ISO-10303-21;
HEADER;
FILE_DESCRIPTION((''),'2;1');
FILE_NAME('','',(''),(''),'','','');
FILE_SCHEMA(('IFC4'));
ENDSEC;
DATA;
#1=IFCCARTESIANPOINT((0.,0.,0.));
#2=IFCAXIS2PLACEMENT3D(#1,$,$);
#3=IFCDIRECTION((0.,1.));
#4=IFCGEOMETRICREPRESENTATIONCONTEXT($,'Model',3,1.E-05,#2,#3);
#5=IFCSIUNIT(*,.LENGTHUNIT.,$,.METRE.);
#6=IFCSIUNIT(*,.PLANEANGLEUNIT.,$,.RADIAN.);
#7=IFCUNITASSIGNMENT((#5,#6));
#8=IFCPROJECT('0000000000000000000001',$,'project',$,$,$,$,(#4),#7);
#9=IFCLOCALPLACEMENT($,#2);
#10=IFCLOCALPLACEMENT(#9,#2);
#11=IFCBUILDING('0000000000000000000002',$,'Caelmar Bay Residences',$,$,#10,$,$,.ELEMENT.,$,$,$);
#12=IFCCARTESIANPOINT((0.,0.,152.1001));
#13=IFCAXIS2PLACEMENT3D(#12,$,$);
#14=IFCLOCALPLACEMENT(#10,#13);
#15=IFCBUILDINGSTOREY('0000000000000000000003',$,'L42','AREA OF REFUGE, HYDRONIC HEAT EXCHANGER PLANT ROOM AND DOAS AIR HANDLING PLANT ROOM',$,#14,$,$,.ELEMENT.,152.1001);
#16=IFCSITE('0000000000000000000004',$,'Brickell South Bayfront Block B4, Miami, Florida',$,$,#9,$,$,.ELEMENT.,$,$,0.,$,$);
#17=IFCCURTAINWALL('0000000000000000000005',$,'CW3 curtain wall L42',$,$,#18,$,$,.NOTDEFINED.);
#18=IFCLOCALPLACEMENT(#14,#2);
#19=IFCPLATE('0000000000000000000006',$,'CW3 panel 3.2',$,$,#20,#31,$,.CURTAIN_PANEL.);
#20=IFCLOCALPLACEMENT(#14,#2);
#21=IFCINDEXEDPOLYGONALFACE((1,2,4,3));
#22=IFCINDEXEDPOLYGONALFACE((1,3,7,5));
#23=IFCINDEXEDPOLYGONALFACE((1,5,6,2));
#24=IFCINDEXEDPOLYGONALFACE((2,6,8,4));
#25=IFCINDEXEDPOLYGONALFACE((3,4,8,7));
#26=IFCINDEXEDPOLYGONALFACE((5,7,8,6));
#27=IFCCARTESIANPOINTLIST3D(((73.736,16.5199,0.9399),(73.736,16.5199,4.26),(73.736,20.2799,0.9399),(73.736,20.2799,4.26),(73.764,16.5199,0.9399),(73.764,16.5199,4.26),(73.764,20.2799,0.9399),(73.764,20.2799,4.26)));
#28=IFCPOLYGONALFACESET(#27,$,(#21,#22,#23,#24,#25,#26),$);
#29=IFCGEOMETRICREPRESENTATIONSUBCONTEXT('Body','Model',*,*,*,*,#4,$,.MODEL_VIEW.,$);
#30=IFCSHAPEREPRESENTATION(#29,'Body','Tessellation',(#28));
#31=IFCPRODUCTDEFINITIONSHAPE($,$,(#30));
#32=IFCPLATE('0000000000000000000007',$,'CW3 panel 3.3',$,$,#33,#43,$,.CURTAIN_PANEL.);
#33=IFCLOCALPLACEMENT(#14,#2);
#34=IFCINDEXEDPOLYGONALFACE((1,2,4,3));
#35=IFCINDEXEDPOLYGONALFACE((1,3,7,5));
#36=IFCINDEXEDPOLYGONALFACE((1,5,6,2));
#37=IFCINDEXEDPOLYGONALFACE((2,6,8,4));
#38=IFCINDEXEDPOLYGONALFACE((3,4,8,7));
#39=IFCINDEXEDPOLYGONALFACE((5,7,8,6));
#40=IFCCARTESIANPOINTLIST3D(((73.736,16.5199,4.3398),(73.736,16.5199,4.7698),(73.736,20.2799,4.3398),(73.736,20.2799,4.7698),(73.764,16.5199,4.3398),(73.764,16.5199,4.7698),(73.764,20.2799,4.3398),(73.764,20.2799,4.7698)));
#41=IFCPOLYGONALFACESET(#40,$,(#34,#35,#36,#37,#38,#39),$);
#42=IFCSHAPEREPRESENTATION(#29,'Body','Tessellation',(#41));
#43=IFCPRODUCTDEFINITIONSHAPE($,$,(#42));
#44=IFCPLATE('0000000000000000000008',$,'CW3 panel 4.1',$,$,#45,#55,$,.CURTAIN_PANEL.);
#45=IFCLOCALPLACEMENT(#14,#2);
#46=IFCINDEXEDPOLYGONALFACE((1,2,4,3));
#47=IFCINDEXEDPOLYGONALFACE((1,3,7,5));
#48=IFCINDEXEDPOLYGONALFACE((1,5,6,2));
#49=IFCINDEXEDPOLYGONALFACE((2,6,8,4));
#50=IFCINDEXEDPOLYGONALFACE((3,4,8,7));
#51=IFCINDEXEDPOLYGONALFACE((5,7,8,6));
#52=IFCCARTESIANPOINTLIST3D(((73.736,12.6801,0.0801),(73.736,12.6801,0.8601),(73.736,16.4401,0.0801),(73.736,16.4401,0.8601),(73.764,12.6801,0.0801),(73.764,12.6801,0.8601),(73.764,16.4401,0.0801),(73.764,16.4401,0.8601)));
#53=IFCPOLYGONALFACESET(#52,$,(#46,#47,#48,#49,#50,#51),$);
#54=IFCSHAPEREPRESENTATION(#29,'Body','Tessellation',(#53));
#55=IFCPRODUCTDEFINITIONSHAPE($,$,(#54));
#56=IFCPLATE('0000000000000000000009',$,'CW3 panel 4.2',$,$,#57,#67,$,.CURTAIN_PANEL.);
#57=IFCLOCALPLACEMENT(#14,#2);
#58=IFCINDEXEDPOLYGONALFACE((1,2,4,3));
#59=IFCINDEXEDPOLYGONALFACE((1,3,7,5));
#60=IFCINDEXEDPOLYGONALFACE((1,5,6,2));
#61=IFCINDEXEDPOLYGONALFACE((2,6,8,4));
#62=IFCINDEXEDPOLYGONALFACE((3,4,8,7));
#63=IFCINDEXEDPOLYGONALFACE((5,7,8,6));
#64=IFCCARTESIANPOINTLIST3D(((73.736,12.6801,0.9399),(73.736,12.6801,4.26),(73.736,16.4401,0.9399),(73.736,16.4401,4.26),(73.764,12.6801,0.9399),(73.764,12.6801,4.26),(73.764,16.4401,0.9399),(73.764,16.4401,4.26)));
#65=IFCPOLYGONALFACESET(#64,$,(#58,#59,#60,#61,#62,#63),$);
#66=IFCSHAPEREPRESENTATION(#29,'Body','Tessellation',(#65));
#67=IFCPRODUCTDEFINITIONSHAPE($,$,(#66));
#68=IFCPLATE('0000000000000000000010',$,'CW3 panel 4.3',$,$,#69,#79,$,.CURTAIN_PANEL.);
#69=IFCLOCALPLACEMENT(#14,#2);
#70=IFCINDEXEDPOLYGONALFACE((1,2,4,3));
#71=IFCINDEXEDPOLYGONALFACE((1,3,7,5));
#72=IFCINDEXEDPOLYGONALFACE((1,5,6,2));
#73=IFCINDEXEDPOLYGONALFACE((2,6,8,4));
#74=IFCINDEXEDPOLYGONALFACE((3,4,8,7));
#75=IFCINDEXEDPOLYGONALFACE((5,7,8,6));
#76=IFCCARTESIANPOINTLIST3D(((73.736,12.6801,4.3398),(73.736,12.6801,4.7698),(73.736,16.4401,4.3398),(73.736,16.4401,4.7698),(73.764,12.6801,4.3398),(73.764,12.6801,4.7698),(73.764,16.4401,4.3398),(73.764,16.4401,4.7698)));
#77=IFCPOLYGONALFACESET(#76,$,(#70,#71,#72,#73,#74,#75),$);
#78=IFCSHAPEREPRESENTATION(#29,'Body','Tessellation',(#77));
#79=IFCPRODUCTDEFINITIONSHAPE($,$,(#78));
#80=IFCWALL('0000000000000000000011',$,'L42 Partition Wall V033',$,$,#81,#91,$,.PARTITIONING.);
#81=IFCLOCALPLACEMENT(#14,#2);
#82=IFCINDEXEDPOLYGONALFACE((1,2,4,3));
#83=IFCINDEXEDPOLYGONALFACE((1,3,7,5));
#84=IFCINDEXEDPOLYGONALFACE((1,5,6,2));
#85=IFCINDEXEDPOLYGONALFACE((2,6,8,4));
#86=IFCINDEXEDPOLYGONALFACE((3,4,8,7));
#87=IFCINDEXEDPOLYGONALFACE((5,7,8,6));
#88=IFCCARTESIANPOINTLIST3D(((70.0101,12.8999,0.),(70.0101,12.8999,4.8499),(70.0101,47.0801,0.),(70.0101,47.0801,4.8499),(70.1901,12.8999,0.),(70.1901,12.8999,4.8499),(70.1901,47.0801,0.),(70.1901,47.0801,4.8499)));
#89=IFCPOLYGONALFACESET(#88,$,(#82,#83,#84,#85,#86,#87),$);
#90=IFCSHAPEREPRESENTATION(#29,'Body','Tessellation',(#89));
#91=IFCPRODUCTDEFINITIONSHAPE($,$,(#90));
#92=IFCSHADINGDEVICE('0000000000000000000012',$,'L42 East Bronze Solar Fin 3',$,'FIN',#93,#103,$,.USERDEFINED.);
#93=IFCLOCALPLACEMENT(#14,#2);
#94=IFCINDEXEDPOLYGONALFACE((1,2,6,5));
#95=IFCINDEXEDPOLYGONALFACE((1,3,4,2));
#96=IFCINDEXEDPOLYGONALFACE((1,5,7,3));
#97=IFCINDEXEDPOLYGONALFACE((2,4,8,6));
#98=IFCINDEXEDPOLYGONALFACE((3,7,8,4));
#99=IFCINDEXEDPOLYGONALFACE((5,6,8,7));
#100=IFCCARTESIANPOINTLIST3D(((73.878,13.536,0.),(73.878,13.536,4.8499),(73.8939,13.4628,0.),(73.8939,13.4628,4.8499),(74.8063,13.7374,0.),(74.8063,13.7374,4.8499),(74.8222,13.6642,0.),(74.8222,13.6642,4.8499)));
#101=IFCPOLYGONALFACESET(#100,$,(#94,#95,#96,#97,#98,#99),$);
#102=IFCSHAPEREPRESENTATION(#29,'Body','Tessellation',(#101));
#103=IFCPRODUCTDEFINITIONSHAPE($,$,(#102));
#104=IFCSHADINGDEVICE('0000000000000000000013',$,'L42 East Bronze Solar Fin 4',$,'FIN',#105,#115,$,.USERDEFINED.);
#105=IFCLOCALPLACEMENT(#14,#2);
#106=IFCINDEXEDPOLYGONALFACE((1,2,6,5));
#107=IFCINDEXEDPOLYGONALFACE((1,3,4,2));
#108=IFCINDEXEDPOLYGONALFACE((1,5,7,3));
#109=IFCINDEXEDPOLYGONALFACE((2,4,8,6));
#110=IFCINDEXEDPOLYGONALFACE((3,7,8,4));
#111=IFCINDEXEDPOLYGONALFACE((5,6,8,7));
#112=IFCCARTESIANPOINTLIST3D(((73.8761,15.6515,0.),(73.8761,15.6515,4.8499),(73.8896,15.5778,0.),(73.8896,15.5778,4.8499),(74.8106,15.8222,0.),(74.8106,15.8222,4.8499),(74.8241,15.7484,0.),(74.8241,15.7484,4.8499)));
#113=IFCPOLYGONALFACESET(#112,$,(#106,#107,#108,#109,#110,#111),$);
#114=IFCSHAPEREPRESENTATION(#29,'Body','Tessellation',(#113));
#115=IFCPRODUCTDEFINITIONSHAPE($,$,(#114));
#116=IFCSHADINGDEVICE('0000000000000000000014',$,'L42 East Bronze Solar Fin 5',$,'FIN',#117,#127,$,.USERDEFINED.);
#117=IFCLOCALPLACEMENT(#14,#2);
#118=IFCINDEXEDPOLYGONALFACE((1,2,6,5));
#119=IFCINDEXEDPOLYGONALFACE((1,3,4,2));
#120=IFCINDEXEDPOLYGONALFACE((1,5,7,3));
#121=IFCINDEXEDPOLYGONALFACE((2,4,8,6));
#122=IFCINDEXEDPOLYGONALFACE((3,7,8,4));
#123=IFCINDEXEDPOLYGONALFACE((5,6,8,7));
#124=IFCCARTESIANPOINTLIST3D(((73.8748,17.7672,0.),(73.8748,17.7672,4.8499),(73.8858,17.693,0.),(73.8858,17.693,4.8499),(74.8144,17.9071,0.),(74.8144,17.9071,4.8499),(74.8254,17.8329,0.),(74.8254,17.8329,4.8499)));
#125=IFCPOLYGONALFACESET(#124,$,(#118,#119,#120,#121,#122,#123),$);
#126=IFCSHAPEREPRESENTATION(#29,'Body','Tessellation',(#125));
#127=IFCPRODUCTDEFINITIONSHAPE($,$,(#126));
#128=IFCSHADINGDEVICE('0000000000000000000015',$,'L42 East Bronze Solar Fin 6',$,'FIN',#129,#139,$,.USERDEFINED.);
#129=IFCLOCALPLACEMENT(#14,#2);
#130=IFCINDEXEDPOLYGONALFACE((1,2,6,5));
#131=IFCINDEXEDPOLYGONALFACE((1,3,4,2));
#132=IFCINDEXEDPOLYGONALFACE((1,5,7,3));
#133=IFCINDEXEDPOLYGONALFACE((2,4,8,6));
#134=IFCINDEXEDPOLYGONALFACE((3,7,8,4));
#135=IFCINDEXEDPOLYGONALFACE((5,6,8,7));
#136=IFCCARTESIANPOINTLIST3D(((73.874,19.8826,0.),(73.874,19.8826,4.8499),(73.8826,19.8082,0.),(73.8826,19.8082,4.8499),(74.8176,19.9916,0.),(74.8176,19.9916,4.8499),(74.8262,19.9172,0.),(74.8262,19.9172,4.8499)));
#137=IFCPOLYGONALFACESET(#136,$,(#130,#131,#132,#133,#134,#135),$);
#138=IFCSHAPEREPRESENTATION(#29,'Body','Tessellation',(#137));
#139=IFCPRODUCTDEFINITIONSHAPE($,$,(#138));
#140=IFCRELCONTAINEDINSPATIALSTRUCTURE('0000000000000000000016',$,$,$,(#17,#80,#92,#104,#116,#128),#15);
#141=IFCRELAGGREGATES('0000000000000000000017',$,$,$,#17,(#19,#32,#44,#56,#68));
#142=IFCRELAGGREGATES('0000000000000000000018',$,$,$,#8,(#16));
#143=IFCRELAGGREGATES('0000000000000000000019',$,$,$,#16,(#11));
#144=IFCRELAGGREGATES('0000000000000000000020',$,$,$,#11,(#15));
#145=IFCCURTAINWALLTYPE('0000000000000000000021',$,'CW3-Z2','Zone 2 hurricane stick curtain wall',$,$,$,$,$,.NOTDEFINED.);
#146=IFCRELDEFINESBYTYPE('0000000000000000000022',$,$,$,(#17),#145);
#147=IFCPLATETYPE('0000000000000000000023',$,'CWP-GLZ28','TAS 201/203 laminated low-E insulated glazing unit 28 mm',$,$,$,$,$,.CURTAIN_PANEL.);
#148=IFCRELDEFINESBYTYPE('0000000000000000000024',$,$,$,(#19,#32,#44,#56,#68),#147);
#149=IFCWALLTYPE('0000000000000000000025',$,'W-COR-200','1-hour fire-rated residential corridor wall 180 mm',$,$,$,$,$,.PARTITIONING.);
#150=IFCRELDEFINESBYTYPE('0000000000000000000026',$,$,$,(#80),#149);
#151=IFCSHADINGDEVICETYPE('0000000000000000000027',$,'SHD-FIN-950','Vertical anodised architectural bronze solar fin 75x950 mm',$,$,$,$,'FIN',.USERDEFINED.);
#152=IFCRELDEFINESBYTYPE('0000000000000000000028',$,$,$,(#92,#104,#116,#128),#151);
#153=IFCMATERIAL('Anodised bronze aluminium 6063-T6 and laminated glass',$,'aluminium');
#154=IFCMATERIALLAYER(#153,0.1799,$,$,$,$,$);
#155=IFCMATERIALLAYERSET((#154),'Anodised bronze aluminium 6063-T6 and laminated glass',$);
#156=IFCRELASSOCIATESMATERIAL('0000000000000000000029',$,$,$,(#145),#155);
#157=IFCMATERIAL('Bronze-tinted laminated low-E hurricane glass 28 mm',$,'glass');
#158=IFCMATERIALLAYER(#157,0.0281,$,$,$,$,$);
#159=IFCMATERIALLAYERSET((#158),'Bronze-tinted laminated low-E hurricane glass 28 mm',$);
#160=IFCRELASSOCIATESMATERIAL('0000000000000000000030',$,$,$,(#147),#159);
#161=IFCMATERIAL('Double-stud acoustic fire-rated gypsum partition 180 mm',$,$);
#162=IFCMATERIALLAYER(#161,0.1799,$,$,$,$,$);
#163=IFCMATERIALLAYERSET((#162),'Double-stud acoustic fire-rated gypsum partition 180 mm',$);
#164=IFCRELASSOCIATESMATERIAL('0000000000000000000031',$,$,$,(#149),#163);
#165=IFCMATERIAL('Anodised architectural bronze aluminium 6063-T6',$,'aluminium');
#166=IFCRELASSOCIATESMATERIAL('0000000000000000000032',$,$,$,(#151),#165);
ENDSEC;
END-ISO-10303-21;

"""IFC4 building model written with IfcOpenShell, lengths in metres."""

from ifc_helpers import new_model, si_unit, direction, frame, frame_2d, origin, origin_2d, place, context, subcontext, project, spatial, rectangle, extrude, material, layer, layer_set, material_profile, profile_set, type_object, element, aggregate, save


model = new_model("IFC4")

# Units and contexts
model_context = context("Model", 3, precision=1e-05, world=origin(), true_north=direction((0.0, 1.0)))
body_context = subcontext(model_context, "Body", "Model", "MODEL_VIEW")
ifc_project = project(units=[si_unit("LENGTHUNIT", "METRE"), si_unit("PLANEANGLEUNIT", "RADIAN")], contexts=[model_context])

# Site, building, storey
site_placement = place(None, origin())
site = spatial("IfcSite", under=ifc_project, at=site_placement, Name="Brickell South Bayfront Block B4, Miami, Florida", CompositionType="ELEMENT", RefElevation=0.0)
building_placement = place(site_placement, origin())
building = spatial("IfcBuilding", under=site, at=building_placement, Name="Caelmar Bay Residences", CompositionType="ELEMENT")
storey_placement = place(building_placement, frame((0.0, 0.0, 152.1001)))
storey = spatial("IfcBuildingStorey", under=building, at=storey_placement, Name="L42", Description="AREA OF REFUGE, HYDRONIC HEAT EXCHANGER PLANT ROOM AND DOAS AIR HANDLING PLANT ROOM", CompositionType="ELEMENT", Elevation=152.1001)

# Curtain wall, plates
ifc_material_1 = material(Name="Anodised bronze aluminium 6063-T6 and laminated glass", Category="aluminium")
ifc_layer_1 = layer(ifc_material_1, 0.1799)
ifc_layer_set_1 = layer_set([ifc_layer_1], Name="Anodised bronze aluminium 6063-T6 and laminated glass")
curtain_wall_type = type_object("IfcCurtainWallType", Name="CW3-Z2", Description="Zone 2 hurricane stick curtain wall", PredefinedType="NOTDEFINED", material=ifc_layer_set_1)
curtain_wall_placement = place(storey_placement, origin())
curtain_wall = element("IfcCurtainWall", 1, at=curtain_wall_placement, inside=storey, type_object=curtain_wall_type, Name="CW3 curtain wall L42", PredefinedType="NOTDEFINED")
ifc_material_2 = material(Name="Bronze-tinted laminated low-E hurricane glass 28 mm", Category="glass")
ifc_layer_2 = layer(ifc_material_2, 0.0281)
ifc_layer_set_2 = layer_set([ifc_layer_2], Name="Bronze-tinted laminated low-E hurricane glass 28 mm")
plate_type = type_object("IfcPlateType", Name="CWP-GLZ28", Description="TAS 201/203 laminated low-E insulated glazing unit 28 mm", PredefinedType="CURTAIN_PANEL", material=ifc_layer_set_2)
plate_1_placement = place(storey_placement, frame((73.75, 18.3999, 0.9399), z_axis=(0.0, 0.0, 1.0), x_axis=(0.0, -1.0, 0.0)))
plate_1 = element("IfcPlate", 2, at=plate_1_placement, type_object=plate_type, Name="CW3 panel 3.2", PredefinedType="CURTAIN_PANEL", context=body_context, shape_type="SweptSolid", body=[
    extrude(rectangle(XDim=3.76, YDim=0.0281, at=origin_2d()), origin(), (0.0, 0.0, 1.0), 3.3201),
])
plate_2_placement = place(storey_placement, frame((73.75, 18.3999, 4.3398), z_axis=(0.0, 0.0, 1.0), x_axis=(0.0, -1.0, 0.0)))
plate_2 = element("IfcPlate", 3, at=plate_2_placement, type_object=plate_type, Name="CW3 panel 3.3", PredefinedType="CURTAIN_PANEL", context=body_context, shape_type="SweptSolid", body=[
    extrude(rectangle(XDim=3.76, YDim=0.0281, at=origin_2d()), origin(), (0.0, 0.0, 1.0), 0.4299),
])
plate_3_placement = place(storey_placement, frame((73.75, 14.5601, 0.0801), z_axis=(0.0, 0.0, 1.0), x_axis=(0.0, -1.0, 0.0)))
plate_3 = element("IfcPlate", 4, at=plate_3_placement, type_object=plate_type, Name="CW3 panel 4.1", PredefinedType="CURTAIN_PANEL", context=body_context, shape_type="SweptSolid", body=[
    extrude(rectangle(XDim=3.76, YDim=0.0281, at=origin_2d()), origin(), (0.0, 0.0, 1.0), 0.78),
])
plate_4_placement = place(storey_placement, frame((73.75, 14.5601, 0.9399), z_axis=(0.0, 0.0, 1.0), x_axis=(0.0, -1.0, 0.0)))
plate_4 = element("IfcPlate", 5, at=plate_4_placement, type_object=plate_type, Name="CW3 panel 4.2", PredefinedType="CURTAIN_PANEL", context=body_context, shape_type="SweptSolid", body=[
    extrude(rectangle(XDim=3.76, YDim=0.0281, at=origin_2d()), origin(), (0.0, 0.0, 1.0), 3.3201),
])
plate_5_placement = place(storey_placement, frame((73.75, 14.5601, 4.3398), z_axis=(0.0, 0.0, 1.0), x_axis=(0.0, -1.0, 0.0)))
plate_5 = element("IfcPlate", 6, at=plate_5_placement, type_object=plate_type, Name="CW3 panel 4.3", PredefinedType="CURTAIN_PANEL", context=body_context, shape_type="SweptSolid", body=[
    extrude(rectangle(XDim=3.76, YDim=0.0281, at=origin_2d()), origin(), (0.0, 0.0, 1.0), 0.4299),
])
aggregate(curtain_wall, [plate_1, plate_2, plate_3, plate_4, plate_5])

# Wall
ifc_material_3 = material(Name="Double-stud acoustic fire-rated gypsum partition 180 mm")
ifc_layer_3 = layer(ifc_material_3, 0.1799)
ifc_layer_set_3 = layer_set([ifc_layer_3], Name="Double-stud acoustic fire-rated gypsum partition 180 mm")
wall_type = type_object("IfcWallType", Name="W-COR-200", Description="1-hour fire-rated residential corridor wall 180 mm", PredefinedType="PARTITIONING", material=ifc_layer_set_3)
wall_placement = place(storey_placement, frame((70.1001, 12.8999, 0.0), z_axis=(0.0, 0.0, 1.0), x_axis=(0.0, 1.0, 0.0)))
element("IfcWall", 7, at=wall_placement, inside=storey, type_object=wall_type, Name="L42 Partition Wall V033", PredefinedType="PARTITIONING", context=body_context, shape_type="SweptSolid", body=[
    extrude(rectangle(XDim=34.1802, YDim=0.1799, at=frame_2d((17.0901, 0.0))), origin(), (0.0, 0.0, 1.0), 4.8499),
])

# Shading devices
ifc_material_4 = material(Name="Anodised architectural bronze aluminium 6063-T6", Category="aluminium")
ifc_material_profile_1 = material_profile(ifc_material_4, rectangle(XDim=0.075, YDim=0.95, at=origin_2d()), Name="BRONZE-FIN-75X950")
ifc_profile_set_1 = profile_set([ifc_material_profile_1], Name="Anodised architectural bronze aluminium 6063-T6")
shading_device_type = type_object("IfcShadingDeviceType", Name="SHD-FIN-950", Description="Vertical anodised architectural bronze solar fin 75x950 mm", ElementType="FIN", PredefinedType="USERDEFINED", material=ifc_profile_set_1)
for number, where, z_axis, x_axis, name in (
    (8, (74.3501, 13.6001, 0.0), (0.0, 0.0, 1.0), (-0.212007, 0.977268, 0.0), "L42 East Bronze Solar Fin 3"),
    (9, (74.3501, 15.7, 0.0), (0.0, 0.0, 1.0), (-0.179661, 0.983729, 0.0), "L42 East Bronze Solar Fin 4"),
    (10, (74.3501, 17.8, 0.0), (0.0, 0.0, 1.0), (-0.147292, 0.989093, 0.0), "L42 East Bronze Solar Fin 5"),
    (11, (74.3501, 19.8999, 0.0), (0.0, 0.0, 1.0), (-0.114764, 0.993393, 0.0), "L42 East Bronze Solar Fin 6"),
):
    element("IfcShadingDevice", number, at=place(storey_placement, frame(where, z_axis=z_axis, x_axis=x_axis)), inside=storey, type_object=shading_device_type, Name=name, ObjectType="FIN", PredefinedType="USERDEFINED", context=body_context, shape_type="SweptSolid", body=[
        extrude(rectangle(XDim=0.075, YDim=0.95, at=origin_2d()), origin(), (0.0, 0.0, 1.0), 4.8499),
    ])

save(model, "model.ifc")
